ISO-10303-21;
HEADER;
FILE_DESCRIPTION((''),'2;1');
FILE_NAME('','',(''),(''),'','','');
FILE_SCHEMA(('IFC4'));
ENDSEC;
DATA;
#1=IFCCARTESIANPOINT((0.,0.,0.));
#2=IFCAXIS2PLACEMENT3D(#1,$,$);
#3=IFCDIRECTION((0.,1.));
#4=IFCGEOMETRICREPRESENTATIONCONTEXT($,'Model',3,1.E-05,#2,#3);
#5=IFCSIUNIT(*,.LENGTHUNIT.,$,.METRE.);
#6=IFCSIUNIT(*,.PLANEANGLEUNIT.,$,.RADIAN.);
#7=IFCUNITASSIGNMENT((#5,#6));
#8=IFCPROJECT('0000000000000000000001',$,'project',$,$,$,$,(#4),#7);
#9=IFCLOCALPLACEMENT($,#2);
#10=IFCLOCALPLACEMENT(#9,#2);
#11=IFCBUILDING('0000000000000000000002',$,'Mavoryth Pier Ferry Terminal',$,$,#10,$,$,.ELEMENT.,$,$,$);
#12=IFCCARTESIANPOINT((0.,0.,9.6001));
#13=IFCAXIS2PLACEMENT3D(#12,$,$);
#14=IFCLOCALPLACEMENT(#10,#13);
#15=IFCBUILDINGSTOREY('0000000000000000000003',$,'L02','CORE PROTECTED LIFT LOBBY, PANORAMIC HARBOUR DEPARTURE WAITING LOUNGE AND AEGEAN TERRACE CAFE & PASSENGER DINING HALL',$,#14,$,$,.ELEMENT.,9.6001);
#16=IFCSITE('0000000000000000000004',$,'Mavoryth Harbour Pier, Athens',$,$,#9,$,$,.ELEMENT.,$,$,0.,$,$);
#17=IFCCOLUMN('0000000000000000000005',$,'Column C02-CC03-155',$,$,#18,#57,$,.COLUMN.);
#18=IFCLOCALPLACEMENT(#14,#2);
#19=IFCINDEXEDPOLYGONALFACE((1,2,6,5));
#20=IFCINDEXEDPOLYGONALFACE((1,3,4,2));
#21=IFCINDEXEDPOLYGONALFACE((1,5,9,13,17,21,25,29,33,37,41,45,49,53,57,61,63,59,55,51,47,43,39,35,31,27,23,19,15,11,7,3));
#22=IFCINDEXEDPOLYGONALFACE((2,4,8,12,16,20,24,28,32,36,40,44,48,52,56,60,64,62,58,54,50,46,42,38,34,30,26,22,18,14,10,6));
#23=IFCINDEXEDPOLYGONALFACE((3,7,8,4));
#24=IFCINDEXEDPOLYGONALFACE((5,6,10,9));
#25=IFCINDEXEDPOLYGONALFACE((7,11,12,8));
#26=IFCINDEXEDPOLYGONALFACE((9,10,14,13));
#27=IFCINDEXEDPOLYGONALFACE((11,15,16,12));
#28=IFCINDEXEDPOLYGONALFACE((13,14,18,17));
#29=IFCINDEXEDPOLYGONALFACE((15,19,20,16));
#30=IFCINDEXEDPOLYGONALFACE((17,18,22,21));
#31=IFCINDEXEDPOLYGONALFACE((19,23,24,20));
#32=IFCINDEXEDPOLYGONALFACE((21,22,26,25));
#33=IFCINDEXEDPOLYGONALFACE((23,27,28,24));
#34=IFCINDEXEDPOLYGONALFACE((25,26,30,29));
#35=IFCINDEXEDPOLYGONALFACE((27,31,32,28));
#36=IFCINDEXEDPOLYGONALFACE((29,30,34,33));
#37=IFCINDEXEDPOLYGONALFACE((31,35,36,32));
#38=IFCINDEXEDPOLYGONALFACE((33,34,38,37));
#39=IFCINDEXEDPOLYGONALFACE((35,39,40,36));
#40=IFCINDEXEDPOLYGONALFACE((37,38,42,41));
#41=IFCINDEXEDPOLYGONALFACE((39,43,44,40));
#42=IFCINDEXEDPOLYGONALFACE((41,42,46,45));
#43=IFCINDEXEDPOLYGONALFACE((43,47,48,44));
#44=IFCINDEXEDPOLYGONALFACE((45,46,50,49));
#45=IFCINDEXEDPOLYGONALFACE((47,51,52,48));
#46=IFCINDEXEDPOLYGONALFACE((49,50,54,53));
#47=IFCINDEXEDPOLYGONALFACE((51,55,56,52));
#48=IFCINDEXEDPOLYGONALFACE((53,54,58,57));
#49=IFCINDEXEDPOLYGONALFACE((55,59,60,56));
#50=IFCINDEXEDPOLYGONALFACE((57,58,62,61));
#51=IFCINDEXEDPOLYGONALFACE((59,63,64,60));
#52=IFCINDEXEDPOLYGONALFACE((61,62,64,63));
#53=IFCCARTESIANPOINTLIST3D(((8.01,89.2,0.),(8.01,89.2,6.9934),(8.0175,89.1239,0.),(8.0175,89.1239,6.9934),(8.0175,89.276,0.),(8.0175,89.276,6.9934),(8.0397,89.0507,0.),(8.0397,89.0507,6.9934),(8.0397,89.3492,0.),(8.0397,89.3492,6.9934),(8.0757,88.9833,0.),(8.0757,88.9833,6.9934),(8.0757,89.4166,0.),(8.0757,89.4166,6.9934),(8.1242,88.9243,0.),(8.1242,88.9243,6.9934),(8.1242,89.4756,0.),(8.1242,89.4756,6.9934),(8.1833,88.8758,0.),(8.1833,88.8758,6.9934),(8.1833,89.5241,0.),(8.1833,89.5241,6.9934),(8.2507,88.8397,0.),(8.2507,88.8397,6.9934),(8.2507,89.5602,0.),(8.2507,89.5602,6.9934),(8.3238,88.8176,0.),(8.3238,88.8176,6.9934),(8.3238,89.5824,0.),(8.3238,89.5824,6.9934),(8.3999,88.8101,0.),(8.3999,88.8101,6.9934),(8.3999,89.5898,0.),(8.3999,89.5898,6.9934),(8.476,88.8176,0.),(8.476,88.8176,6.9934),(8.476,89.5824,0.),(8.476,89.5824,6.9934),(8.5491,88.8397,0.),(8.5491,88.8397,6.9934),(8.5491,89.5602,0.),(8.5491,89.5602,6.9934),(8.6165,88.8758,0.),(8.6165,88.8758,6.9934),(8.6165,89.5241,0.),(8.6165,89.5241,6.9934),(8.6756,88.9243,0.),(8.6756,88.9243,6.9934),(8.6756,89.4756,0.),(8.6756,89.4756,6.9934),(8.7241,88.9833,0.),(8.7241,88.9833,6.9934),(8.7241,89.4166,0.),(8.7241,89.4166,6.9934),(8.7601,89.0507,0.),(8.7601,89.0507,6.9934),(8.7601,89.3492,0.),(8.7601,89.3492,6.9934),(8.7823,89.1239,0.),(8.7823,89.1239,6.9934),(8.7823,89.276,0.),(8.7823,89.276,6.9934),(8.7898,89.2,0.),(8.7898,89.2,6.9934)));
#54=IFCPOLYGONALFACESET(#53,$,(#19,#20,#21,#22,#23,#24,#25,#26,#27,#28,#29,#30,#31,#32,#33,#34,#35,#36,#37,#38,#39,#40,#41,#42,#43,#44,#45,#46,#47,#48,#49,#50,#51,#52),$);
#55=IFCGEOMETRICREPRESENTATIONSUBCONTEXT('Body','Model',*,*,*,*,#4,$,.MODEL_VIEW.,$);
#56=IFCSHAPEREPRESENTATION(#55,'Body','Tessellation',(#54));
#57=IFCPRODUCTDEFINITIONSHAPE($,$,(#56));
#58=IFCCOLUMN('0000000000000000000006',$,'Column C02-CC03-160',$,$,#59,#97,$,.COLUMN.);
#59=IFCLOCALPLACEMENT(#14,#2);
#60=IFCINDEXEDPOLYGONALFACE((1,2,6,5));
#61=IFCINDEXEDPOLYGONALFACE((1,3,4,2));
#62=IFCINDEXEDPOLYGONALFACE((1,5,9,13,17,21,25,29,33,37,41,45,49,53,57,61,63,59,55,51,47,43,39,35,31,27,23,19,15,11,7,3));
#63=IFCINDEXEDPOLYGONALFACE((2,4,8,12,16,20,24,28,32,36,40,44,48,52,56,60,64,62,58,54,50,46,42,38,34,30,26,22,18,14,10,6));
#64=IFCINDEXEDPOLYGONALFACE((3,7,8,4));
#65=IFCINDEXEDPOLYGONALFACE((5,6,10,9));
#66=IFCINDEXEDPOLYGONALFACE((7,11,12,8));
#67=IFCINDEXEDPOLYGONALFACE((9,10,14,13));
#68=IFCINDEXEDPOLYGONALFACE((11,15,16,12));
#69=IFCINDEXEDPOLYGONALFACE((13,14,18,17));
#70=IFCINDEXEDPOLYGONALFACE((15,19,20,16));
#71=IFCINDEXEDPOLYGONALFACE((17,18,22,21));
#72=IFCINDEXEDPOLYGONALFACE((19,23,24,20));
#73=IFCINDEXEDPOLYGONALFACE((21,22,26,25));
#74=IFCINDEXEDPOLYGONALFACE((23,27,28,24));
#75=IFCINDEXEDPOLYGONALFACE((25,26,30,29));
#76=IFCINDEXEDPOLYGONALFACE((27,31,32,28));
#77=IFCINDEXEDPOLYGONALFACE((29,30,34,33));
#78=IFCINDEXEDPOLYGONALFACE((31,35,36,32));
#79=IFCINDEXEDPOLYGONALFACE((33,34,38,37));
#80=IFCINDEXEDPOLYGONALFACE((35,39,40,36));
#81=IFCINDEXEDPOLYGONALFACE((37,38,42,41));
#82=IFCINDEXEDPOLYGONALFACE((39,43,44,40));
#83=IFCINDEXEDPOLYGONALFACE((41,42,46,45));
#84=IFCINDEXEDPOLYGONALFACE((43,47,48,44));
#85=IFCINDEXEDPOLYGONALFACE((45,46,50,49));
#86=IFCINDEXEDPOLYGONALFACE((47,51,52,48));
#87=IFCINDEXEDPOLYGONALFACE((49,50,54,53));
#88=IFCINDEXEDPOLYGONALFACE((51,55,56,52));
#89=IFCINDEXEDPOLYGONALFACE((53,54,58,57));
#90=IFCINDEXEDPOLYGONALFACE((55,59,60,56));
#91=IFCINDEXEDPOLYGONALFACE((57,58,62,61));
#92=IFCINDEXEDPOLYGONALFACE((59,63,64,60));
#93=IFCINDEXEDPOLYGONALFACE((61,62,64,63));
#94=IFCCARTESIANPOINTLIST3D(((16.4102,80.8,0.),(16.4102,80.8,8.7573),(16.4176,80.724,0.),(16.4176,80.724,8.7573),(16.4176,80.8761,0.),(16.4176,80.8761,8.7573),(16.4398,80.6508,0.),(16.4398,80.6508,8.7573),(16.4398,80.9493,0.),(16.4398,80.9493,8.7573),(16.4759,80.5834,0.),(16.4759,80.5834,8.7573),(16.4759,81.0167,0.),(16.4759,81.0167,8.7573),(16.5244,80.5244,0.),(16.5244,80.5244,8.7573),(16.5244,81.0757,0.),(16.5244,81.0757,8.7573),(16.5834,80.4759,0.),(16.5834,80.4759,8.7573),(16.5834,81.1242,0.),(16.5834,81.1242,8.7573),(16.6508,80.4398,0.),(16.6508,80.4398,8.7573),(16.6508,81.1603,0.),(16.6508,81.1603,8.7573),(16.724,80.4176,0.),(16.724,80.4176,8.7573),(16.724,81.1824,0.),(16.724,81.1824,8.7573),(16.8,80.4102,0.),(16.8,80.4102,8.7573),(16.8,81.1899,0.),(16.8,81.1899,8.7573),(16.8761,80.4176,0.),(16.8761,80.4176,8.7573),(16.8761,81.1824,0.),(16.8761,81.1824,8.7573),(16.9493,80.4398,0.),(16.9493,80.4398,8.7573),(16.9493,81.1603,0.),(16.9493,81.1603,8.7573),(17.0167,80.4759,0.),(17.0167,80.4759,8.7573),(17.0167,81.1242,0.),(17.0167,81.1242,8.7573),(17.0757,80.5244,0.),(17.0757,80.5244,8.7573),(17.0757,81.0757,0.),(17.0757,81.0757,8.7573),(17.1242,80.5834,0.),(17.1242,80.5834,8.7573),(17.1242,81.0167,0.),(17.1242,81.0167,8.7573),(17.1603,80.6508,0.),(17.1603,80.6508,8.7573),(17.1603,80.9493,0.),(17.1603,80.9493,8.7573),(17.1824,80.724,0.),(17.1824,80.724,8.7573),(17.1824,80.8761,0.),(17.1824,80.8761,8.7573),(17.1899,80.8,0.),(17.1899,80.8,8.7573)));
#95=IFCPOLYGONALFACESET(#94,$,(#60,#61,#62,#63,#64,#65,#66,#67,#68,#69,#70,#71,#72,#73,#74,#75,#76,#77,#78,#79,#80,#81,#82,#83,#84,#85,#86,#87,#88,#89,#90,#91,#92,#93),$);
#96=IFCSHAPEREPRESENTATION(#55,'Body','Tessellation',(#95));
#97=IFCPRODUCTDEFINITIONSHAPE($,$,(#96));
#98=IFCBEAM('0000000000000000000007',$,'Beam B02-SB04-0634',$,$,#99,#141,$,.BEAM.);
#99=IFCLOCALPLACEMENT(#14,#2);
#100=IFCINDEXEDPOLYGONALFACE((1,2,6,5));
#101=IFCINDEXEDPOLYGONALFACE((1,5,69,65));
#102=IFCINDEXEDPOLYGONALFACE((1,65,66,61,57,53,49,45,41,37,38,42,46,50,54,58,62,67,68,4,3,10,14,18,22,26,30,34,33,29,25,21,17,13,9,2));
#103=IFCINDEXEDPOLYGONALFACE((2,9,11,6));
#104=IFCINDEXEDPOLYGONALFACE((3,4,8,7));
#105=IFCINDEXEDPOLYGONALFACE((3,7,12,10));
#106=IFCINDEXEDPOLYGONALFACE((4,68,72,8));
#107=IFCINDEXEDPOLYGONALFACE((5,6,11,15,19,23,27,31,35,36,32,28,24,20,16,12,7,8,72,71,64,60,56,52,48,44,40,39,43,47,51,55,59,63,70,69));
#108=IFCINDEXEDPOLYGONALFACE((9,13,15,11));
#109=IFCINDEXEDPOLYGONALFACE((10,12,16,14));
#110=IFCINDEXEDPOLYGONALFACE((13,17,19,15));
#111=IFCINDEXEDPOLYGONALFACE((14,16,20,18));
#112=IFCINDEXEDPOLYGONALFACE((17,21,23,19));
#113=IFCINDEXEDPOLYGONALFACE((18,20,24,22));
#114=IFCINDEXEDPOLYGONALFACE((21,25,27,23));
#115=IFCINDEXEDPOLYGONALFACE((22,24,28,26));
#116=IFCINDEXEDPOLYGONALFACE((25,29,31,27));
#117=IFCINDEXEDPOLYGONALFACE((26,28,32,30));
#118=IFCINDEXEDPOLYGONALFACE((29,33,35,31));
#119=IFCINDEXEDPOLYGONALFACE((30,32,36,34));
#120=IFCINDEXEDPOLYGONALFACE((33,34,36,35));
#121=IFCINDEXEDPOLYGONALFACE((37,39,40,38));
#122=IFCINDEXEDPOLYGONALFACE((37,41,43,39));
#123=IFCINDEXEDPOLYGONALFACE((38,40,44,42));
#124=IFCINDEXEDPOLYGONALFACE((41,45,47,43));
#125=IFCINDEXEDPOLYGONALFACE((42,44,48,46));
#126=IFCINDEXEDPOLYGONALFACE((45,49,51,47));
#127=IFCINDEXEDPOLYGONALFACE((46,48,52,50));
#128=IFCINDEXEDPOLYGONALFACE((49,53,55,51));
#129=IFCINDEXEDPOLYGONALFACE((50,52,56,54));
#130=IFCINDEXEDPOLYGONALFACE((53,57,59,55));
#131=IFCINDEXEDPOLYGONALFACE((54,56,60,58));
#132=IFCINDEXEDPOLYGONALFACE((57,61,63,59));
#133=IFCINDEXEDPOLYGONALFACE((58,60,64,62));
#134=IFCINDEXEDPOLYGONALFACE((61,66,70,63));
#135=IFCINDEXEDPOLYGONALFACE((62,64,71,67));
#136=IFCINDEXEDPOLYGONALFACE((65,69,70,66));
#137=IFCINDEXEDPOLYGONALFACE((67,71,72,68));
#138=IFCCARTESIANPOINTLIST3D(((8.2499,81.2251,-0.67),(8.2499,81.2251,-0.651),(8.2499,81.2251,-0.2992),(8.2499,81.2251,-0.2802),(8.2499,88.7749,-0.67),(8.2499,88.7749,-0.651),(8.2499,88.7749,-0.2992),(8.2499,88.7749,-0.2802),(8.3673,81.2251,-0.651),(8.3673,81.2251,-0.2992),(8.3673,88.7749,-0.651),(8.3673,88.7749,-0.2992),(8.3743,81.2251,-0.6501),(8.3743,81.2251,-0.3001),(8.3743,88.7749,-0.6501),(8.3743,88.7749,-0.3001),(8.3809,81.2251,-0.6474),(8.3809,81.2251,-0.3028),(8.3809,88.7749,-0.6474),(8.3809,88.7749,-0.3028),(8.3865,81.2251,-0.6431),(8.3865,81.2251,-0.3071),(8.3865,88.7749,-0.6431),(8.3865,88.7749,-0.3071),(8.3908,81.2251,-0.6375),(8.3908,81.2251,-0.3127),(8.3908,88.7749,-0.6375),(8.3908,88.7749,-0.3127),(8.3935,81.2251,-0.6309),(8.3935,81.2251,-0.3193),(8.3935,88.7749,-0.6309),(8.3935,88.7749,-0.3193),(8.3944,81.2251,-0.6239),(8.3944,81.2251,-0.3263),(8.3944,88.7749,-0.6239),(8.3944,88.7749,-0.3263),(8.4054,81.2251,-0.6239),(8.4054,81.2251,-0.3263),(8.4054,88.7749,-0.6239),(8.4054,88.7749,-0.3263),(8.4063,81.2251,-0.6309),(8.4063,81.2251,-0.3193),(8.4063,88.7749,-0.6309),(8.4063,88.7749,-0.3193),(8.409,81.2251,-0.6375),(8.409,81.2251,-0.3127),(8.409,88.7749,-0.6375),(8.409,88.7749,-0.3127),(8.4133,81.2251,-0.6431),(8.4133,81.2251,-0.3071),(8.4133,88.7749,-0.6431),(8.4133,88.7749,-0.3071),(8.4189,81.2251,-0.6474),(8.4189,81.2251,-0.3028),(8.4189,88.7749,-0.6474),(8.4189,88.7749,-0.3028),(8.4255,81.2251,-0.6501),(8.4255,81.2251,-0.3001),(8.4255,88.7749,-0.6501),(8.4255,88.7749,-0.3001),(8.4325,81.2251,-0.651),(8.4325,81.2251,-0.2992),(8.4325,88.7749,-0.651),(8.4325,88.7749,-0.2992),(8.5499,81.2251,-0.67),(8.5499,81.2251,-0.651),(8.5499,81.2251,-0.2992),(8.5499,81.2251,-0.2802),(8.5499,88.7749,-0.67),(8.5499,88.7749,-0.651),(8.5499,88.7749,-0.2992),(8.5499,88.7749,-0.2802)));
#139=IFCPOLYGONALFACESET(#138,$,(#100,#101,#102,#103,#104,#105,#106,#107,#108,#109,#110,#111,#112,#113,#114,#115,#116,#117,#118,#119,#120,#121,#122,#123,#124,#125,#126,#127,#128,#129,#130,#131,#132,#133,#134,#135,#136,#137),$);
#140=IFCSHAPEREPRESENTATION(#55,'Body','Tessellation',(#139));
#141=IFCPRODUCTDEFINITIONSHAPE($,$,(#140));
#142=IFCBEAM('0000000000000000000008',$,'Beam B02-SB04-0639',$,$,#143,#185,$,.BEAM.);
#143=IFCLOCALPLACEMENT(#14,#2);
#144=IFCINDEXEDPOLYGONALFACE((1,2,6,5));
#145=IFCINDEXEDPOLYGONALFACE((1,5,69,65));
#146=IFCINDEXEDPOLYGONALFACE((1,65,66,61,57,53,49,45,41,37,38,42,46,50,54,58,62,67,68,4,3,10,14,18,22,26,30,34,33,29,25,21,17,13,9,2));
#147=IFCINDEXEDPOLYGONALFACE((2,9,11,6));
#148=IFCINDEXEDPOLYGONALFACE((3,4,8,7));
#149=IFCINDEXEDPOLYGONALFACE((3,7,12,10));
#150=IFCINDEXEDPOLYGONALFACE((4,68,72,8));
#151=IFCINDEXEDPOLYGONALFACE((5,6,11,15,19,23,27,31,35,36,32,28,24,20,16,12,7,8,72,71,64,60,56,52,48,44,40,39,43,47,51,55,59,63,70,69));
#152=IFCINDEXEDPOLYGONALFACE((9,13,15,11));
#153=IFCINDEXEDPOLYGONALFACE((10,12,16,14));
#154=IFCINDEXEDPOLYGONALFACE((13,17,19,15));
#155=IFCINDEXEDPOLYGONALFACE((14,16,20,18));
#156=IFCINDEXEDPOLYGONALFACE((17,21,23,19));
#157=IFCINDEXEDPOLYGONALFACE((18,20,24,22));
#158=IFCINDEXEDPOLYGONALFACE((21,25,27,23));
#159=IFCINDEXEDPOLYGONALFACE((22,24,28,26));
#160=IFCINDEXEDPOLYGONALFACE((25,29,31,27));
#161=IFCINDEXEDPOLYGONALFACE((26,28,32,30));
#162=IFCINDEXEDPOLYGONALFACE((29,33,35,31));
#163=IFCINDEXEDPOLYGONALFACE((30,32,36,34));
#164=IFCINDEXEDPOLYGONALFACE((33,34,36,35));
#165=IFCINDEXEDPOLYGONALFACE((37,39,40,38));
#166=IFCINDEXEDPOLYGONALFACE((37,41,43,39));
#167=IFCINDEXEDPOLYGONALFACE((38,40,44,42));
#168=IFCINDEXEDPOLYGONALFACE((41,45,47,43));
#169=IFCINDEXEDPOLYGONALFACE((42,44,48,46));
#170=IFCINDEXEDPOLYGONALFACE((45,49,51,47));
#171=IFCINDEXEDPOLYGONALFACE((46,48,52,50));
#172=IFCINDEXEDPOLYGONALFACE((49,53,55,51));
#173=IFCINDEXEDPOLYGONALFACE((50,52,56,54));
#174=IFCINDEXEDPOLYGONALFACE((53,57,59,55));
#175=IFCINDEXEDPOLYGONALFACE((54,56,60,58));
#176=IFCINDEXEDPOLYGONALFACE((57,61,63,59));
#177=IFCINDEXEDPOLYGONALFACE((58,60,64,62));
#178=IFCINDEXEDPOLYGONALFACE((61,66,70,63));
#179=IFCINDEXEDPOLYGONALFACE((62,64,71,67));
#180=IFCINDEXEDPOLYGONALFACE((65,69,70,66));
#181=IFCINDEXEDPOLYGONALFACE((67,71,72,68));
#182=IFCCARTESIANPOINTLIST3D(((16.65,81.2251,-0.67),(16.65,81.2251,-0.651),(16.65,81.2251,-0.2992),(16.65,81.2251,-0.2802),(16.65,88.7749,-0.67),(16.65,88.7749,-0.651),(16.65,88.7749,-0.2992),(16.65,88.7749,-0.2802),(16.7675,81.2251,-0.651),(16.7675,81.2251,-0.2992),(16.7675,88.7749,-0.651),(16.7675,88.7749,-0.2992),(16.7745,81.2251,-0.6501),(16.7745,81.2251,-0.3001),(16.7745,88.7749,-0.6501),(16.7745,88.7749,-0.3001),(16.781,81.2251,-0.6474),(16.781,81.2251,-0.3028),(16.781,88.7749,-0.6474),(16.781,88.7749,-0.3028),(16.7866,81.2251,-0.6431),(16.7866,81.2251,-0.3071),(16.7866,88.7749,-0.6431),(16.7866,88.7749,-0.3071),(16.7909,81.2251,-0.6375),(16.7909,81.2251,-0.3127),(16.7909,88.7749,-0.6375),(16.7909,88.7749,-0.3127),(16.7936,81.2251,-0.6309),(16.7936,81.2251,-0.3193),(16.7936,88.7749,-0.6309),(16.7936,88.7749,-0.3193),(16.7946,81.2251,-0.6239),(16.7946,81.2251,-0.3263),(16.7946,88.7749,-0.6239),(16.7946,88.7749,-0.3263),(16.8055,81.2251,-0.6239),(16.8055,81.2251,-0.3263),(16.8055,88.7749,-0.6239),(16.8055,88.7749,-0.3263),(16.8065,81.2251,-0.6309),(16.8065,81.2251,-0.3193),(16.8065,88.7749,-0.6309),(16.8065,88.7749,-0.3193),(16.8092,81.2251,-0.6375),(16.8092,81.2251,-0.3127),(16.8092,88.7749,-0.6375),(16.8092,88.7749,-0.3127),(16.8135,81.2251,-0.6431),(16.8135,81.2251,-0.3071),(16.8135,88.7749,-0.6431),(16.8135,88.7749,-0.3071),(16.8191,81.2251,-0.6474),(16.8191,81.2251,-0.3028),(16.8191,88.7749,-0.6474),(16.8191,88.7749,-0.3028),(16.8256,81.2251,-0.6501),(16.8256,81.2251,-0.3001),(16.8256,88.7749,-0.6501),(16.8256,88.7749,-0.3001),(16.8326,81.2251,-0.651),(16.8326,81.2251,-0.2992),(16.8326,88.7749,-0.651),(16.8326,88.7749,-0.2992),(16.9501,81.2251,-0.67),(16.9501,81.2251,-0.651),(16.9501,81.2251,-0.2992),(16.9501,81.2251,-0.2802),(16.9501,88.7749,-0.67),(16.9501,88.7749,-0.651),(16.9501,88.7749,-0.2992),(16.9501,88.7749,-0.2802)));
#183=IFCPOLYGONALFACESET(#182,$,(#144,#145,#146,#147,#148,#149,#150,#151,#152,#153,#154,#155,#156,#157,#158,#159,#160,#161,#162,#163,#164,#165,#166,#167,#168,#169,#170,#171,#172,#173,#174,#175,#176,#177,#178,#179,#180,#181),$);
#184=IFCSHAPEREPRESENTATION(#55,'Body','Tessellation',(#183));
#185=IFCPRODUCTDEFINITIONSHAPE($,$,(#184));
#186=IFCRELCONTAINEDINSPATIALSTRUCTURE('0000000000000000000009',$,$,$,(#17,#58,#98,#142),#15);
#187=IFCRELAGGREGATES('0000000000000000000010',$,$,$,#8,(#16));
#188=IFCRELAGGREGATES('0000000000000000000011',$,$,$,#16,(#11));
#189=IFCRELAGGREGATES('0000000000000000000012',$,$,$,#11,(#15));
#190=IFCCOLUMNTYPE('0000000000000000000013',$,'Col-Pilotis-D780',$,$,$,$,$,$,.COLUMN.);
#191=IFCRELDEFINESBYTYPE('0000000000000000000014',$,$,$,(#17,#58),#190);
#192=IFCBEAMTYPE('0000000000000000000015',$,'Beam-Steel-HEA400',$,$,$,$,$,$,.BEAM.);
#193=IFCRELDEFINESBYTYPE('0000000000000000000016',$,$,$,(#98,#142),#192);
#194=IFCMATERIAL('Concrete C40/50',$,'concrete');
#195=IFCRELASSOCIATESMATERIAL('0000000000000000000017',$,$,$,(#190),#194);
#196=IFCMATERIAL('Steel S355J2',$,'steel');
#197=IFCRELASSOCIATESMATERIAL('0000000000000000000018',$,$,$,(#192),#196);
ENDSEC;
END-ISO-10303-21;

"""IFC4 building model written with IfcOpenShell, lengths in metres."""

from ifc_helpers import new_model, si_unit, direction, frame, origin, origin_2d, place, context, subcontext, project, spatial, circle, i_section, extrude, material, material_profile, profile_set, type_object, element, save


model = new_model("IFC4")

# Units and contexts
model_context = context("Model", 3, precision=1e-05, world=origin(), true_north=direction((0.0, 1.0)))
body_context = subcontext(model_context, "Body", "Model", "MODEL_VIEW")
ifc_project = project(units=[si_unit("LENGTHUNIT", "METRE"), si_unit("PLANEANGLEUNIT", "RADIAN")], contexts=[model_context])

# Site, building, storey
site_placement = place(None, origin())
site = spatial("IfcSite", under=ifc_project, at=site_placement, Name="Mavoryth Harbour Pier, Athens", CompositionType="ELEMENT", RefElevation=0.0)
building_placement = place(site_placement, origin())
building = spatial("IfcBuilding", under=site, at=building_placement, Name="Mavoryth Pier Ferry Terminal", CompositionType="ELEMENT")
storey_placement = place(building_placement, frame((0.0, 0.0, 9.6001)))
storey = spatial("IfcBuildingStorey", under=building, at=storey_placement, Name="L02", Description="CORE PROTECTED LIFT LOBBY, PANORAMIC HARBOUR DEPARTURE WAITING LOUNGE AND AEGEAN TERRACE CAFE & PASSENGER DINING HALL", CompositionType="ELEMENT", Elevation=9.6001)

# Columns
ifc_material_1 = material(Name="Concrete C40/50", Category="concrete")
ifc_material_profile_1 = material_profile(ifc_material_1, circle(Radius=0.3899, at=origin_2d()), Name="RC D780", Category="concrete")
ifc_profile_set_1 = profile_set([ifc_material_profile_1], Name="Concrete C40/50 - RC D780")
column_type = type_object("IfcColumnType", Name="Col-Pilotis-D780", PredefinedType="COLUMN", material=ifc_profile_set_1)
column_1_placement = place(storey_placement, frame((8.3999, 89.2, 0.0), z_axis=(0.0, 0.0, 1.0), x_axis=(1.0, 0.0, 0.0)))
element("IfcColumn", 1, at=column_1_placement, inside=storey, type_object=column_type, Name="Column C02-CC03-155", PredefinedType="COLUMN", context=body_context, shape_type="SweptSolid", body=[
    extrude(circle(Radius=0.3899, at=origin_2d()), origin(), (0.0, 0.0, 1.0), 6.9934),
])
column_2_placement = place(storey_placement, frame((16.8, 80.8, 0.0), z_axis=(0.0, 0.0, 1.0), x_axis=(1.0, 0.0, 0.0)))
element("IfcColumn", 2, at=column_2_placement, inside=storey, type_object=column_type, Name="Column C02-CC03-160", PredefinedType="COLUMN", context=body_context, shape_type="SweptSolid", body=[
    extrude(circle(Radius=0.3899, at=origin_2d()), origin(), (0.0, 0.0, 1.0), 8.7573),
])

# Beams
ifc_material_2 = material(Name="Steel S355J2", Category="steel")
ifc_material_profile_2 = material_profile(ifc_material_2, i_section(OverallWidth=0.3, OverallDepth=0.3899, WebThickness=0.011, FlangeThickness=0.019, FilletRadius=0.0271, at=origin_2d()), Name="HEA 400", Category="steel")
ifc_profile_set_2 = profile_set([ifc_material_profile_2], Name="Steel S355J2 - HEA 400")
beam_type_1 = type_object("IfcBeamType", Name="Beam-Steel-HEA400", PredefinedType="BEAM", material=ifc_profile_set_2)
for number, where, z_axis, x_axis, name in (
    (3, (8.3999, 81.2251, -0.4751), (0.0, 1.0, 0.0), (-1.0, 0.0, 0.0), "Beam B02-SB04-0634"),
    (4, (16.8, 81.2251, -0.4751), (0.0, 1.0, 0.0), (-1.0, 0.0, 0.0), "Beam B02-SB04-0639"),
):
    element("IfcBeam", number, at=place(storey_placement, frame(where, z_axis=z_axis, x_axis=x_axis)), inside=storey, type_object=beam_type_1, Name=name, PredefinedType="BEAM", context=body_context, shape_type="SweptSolid", body=[
        extrude(i_section(OverallWidth=0.3, OverallDepth=0.3899, WebThickness=0.011, FlangeThickness=0.019, FilletRadius=0.0271, at=origin_2d()), origin(), (0.0, 0.0, 1.0), 7.5498),
    ])

save(model, "model.ifc")
